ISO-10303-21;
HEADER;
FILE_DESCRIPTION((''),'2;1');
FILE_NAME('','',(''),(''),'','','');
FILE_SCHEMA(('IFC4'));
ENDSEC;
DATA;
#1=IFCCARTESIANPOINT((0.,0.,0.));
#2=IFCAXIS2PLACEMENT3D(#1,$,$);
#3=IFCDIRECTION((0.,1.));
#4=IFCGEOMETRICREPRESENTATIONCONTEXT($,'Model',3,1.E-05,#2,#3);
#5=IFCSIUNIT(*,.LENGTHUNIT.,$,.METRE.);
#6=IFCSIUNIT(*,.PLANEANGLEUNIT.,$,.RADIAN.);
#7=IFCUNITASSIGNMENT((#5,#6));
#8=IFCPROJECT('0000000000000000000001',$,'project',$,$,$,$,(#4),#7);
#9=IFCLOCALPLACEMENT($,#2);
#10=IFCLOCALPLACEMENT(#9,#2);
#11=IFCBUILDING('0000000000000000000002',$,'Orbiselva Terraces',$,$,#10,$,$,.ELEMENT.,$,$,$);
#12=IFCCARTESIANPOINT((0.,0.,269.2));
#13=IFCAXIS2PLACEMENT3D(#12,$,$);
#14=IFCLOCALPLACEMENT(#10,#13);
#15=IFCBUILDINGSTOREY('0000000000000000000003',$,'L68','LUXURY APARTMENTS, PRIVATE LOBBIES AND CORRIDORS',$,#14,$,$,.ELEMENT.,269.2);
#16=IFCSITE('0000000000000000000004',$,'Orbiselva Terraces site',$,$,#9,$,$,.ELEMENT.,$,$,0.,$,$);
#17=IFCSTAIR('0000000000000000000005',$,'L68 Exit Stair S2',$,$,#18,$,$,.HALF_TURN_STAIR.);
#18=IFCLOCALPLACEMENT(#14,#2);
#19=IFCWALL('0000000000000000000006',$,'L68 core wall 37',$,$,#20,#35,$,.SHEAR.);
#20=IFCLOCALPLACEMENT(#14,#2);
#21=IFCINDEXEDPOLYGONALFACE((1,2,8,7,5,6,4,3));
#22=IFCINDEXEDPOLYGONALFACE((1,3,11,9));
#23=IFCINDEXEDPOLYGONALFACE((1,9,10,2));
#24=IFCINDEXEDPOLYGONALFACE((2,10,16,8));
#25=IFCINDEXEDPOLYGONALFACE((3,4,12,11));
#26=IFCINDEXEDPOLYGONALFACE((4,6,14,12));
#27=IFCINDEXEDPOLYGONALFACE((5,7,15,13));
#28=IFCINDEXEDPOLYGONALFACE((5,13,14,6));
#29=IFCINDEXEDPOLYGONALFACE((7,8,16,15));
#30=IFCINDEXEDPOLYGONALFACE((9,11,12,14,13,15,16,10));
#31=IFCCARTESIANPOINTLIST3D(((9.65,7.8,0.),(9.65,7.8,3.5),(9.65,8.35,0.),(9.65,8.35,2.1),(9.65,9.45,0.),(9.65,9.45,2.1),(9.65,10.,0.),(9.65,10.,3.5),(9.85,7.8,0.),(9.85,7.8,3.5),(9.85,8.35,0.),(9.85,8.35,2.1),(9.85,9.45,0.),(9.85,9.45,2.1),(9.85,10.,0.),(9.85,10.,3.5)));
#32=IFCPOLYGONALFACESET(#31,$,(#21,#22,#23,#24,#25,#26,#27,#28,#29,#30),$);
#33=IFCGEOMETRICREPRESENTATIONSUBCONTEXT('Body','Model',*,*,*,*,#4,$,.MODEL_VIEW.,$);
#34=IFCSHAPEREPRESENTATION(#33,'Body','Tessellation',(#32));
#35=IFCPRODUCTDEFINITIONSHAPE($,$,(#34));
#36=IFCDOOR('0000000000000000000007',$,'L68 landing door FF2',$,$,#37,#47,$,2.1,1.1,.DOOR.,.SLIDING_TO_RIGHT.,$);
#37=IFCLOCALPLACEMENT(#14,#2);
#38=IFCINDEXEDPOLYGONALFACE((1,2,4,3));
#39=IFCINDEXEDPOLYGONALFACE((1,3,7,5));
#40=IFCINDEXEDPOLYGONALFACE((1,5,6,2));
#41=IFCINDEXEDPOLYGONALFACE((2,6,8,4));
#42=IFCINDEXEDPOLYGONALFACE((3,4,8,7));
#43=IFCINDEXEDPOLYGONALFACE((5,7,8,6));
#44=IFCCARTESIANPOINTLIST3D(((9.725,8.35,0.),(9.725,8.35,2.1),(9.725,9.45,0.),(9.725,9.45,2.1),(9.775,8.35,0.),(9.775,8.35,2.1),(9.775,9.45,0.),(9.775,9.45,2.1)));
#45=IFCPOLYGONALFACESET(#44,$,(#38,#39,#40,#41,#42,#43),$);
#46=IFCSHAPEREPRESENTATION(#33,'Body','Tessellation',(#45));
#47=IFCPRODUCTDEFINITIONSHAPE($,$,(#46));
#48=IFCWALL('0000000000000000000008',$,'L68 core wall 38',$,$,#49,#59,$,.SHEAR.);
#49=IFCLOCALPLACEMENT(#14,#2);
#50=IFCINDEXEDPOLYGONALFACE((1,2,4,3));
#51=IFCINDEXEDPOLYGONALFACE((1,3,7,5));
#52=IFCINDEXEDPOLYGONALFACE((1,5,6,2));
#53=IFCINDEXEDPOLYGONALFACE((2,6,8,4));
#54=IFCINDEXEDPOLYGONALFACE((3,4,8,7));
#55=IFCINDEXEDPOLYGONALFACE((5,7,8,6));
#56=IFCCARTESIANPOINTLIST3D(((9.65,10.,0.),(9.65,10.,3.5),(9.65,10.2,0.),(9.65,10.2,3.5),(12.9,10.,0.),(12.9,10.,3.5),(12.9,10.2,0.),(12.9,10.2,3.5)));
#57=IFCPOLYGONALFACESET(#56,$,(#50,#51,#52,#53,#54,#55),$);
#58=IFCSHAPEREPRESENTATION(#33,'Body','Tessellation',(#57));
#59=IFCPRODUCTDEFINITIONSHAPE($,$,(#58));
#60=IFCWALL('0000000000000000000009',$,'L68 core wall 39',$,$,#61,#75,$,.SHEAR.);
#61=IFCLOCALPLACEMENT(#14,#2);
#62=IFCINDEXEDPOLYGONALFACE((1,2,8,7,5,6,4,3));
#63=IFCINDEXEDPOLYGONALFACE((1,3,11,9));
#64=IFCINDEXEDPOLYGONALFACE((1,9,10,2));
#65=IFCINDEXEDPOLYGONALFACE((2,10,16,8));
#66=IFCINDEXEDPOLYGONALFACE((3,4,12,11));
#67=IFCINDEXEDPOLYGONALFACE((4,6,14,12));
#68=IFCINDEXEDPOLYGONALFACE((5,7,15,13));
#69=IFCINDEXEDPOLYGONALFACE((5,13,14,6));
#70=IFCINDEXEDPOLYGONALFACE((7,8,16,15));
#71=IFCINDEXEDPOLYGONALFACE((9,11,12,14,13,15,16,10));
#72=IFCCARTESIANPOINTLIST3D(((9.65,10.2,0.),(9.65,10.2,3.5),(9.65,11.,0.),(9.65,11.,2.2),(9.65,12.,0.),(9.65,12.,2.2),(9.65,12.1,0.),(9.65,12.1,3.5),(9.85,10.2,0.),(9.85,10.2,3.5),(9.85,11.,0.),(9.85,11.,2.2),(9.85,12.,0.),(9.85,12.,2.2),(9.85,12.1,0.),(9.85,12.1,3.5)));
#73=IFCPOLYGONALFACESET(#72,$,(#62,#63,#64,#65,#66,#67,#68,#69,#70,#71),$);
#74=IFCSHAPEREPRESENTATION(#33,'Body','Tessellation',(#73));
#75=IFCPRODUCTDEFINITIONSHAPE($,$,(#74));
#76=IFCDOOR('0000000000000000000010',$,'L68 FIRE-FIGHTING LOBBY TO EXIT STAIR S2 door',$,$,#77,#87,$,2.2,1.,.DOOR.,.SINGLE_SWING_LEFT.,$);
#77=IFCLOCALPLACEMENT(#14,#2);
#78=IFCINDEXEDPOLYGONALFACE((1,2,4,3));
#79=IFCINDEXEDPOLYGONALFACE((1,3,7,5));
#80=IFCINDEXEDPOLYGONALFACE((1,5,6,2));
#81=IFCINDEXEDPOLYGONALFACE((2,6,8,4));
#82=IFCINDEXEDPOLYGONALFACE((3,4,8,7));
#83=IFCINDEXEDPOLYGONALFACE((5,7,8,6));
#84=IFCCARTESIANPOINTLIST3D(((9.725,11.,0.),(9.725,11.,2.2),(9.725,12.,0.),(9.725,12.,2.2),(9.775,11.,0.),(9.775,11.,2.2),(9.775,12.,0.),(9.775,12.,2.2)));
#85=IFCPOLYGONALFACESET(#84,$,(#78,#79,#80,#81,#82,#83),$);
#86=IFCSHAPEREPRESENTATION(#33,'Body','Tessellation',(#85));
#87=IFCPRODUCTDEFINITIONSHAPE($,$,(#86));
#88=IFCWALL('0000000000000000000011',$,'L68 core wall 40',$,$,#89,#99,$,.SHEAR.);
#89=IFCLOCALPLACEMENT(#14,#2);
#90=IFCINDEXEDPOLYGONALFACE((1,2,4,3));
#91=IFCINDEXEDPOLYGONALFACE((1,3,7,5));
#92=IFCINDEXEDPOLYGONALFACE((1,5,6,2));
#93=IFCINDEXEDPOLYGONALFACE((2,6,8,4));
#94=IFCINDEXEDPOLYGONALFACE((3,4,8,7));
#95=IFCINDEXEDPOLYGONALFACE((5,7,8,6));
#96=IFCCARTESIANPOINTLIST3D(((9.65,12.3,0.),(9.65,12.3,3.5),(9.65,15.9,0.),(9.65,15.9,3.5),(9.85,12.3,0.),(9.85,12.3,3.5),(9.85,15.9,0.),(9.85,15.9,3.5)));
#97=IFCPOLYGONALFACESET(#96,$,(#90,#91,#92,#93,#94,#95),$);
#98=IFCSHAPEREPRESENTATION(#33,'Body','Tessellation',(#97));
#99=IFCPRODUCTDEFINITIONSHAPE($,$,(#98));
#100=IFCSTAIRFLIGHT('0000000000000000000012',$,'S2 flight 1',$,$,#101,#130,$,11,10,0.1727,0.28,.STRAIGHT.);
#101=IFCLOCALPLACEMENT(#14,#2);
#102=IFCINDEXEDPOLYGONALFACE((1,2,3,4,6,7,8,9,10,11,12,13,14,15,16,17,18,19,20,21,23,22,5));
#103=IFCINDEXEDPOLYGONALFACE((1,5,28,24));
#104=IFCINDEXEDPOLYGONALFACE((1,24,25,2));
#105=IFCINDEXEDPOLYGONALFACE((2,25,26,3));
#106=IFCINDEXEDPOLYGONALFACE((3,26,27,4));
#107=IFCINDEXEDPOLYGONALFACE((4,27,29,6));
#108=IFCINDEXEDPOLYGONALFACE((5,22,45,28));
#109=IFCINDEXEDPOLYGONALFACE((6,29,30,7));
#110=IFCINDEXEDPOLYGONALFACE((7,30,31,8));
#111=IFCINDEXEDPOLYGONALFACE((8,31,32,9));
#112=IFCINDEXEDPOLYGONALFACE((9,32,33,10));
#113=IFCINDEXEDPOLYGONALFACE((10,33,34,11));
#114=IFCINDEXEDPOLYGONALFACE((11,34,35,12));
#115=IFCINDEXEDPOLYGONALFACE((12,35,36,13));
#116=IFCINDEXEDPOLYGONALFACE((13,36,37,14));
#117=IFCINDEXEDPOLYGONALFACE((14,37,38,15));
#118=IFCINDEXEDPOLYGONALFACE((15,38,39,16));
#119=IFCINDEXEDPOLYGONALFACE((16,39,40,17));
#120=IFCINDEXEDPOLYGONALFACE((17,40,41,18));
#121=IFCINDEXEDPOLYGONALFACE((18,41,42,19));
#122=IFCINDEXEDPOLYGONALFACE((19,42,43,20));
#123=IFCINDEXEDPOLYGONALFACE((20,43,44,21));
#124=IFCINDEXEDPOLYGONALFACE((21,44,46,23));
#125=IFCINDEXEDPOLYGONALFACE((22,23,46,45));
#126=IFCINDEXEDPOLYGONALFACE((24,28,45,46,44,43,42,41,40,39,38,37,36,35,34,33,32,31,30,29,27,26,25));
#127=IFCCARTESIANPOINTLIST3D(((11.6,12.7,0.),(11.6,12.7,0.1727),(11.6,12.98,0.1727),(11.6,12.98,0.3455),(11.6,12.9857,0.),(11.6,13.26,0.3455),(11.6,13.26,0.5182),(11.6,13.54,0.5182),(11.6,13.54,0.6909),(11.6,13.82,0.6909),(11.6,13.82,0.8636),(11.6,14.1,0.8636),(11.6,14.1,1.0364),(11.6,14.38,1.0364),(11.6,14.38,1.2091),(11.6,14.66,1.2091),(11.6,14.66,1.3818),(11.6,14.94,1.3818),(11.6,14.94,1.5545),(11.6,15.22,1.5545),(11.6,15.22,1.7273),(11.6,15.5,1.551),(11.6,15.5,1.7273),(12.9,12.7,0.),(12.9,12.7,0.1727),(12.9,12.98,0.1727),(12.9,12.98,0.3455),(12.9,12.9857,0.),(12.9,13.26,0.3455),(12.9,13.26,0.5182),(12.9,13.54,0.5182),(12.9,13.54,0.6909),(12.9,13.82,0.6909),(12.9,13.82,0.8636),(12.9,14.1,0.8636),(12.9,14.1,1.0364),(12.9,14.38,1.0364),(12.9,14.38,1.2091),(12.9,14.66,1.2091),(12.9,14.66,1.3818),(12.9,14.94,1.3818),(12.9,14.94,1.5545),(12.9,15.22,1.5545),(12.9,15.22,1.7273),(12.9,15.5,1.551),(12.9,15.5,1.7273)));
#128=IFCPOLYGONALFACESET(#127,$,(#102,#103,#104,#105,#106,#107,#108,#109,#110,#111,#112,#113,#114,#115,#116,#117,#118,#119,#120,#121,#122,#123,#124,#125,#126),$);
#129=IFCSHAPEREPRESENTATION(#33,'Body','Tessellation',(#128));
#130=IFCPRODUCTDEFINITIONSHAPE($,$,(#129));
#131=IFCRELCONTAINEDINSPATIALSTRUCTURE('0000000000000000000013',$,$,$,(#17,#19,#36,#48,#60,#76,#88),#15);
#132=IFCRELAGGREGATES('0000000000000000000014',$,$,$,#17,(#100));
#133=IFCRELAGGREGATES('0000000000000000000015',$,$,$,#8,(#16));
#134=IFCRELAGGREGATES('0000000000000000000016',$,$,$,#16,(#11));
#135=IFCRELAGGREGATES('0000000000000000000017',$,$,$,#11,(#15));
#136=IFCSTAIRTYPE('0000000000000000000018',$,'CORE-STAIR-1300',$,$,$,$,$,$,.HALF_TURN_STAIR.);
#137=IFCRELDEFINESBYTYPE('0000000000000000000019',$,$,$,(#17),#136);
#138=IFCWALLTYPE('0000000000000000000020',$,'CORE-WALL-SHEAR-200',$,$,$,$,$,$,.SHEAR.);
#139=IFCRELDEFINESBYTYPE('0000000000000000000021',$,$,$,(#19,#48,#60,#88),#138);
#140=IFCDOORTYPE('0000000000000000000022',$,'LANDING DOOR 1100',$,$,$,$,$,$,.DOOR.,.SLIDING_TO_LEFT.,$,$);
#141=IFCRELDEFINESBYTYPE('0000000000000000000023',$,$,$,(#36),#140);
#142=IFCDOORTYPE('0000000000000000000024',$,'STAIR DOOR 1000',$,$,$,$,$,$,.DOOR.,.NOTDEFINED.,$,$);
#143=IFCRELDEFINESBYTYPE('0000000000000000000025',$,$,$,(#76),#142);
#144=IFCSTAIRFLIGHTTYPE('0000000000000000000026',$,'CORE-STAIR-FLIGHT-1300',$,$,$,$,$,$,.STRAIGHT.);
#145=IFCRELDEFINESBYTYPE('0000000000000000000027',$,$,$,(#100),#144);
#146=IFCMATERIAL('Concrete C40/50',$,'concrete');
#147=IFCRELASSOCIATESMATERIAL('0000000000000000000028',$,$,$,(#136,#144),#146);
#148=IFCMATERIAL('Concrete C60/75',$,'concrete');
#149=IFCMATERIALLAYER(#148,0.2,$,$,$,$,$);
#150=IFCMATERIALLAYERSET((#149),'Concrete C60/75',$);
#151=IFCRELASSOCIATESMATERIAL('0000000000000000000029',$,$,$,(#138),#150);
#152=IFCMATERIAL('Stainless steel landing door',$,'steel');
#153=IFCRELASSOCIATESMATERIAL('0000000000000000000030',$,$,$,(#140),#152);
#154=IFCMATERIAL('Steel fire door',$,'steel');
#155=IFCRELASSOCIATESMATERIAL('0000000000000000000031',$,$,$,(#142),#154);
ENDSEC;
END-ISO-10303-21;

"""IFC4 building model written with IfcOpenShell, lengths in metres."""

from ifc_helpers import new_model, si_unit, direction, frame, frame_2d, origin, place, context, subcontext, project, spatial, polyline, rectangle, outline, extrude, material, layer, layer_set, type_object, element, fill, aggregate, save


model = new_model("IFC4")

# Units and contexts
model_context = context("Model", 3, precision=1e-05, world=origin(), true_north=direction((0.0, 1.0)))
body_context = subcontext(model_context, "Body", "Model", "MODEL_VIEW")
ifc_project = project(units=[si_unit("LENGTHUNIT", "METRE"), si_unit("PLANEANGLEUNIT", "RADIAN")], contexts=[model_context])

# Site, building, storey
site_placement = place(None, origin())
site = spatial("IfcSite", under=ifc_project, at=site_placement, Name="Orbiselva Terraces site", CompositionType="ELEMENT", RefElevation=0.0)
building_placement = place(site_placement, origin())
building = spatial("IfcBuilding", under=site, at=building_placement, Name="Orbiselva Terraces", CompositionType="ELEMENT")
storey_placement = place(building_placement, frame((0.0, 0.0, 269.2)))
storey = spatial("IfcBuildingStorey", under=building, at=storey_placement, Name="L68", Description="LUXURY APARTMENTS, PRIVATE LOBBIES AND CORRIDORS", CompositionType="ELEMENT", Elevation=269.2)

# Stair
ifc_material_1 = material(Name="Concrete C40/50", Category="concrete")
stair_type_1 = type_object("IfcStairType", Name="CORE-STAIR-1300", PredefinedType="HALF_TURN_STAIR", material=ifc_material_1)
stair_1_placement = place(storey_placement, origin())
stair_1 = element("IfcStair", 1, at=stair_1_placement, inside=storey, type_object=stair_type_1, Name="L68 Exit Stair S2", PredefinedType="HALF_TURN_STAIR")

# Shared definitions
ifc_material_2 = material(Name="Steel fire door", Category="steel")

# Shared definitions
ifc_material_3 = material(Name="Concrete C60/75", Category="concrete")
ifc_layer_1 = layer(ifc_material_3, 0.2)
ifc_layer_set_1 = layer_set([ifc_layer_1], Name="Concrete C60/75")
wall_type_1 = type_object("IfcWallType", Name="CORE-WALL-SHEAR-200", PredefinedType="SHEAR", material=ifc_layer_set_1)

# Shared definitions
ifc_material_4 = material(Name="Stainless steel landing door", Category="steel")
door_type_1 = type_object("IfcDoorType", Name="LANDING DOOR 1100", OperationType="SLIDING_TO_LEFT", PredefinedType="DOOR", material=ifc_material_4)

# Wall, opening, door
wall_1_placement = place(storey_placement, frame((9.75, 7.8, 0.0), z_axis=(0.0, 0.0, 1.0), x_axis=(0.0, 1.0, 0.0)))
wall_1 = element("IfcWall", 2, at=wall_1_placement, inside=storey, type_object=wall_type_1, Name="L68 core wall 37", PredefinedType="SHEAR", context=body_context, shape_type="SweptSolid", body=[
    extrude(rectangle(XDim=2.2, YDim=0.2, at=frame_2d((1.1, 0.0))), origin(), (0.0, 0.0, 1.0), 3.5),
])
opening_1_placement = place(wall_1_placement, frame((0.55, 0.0, 0.0)))
opening_1 = element("IfcOpeningElement", 3, at=opening_1_placement, cuts=wall_1, PredefinedType="OPENING", context=body_context, shape_type="SweptSolid", body=[
    extrude(rectangle(XDim=1.1, YDim=2.1, at=frame_2d((0.55, 1.05))), frame((0.0, 0.11, 0.0), z_axis=(0.0, -1.0, 0.0), x_axis=(1.0, 0.0, 0.0)), (0.0, 0.0, 1.0), 0.22),
])
door_1_placement = place(opening_1_placement, origin())
door_1 = element("IfcDoor", 4, at=door_1_placement, inside=storey, type_object=door_type_1, Name="L68 landing door FF2", OperationType="SLIDING_TO_RIGHT", OverallHeight=2.1, OverallWidth=1.1, PredefinedType="DOOR", context=body_context, shape_type="SweptSolid", body=[
    extrude(rectangle(XDim=1.1, YDim=2.1, at=frame_2d((0.55, 1.05))), frame((0.0, 0.025, 0.0), z_axis=(0.0, -1.0, 0.0), x_axis=(1.0, 0.0, 0.0)), (0.0, 0.0, 1.0), 0.05),
])
fill(opening_1, door_1)

# Wall
wall_2_placement = place(storey_placement, frame((9.65, 10.1, 0.0), z_axis=(0.0, 0.0, 1.0), x_axis=(1.0, 0.0, 0.0)))
element("IfcWall", 5, at=wall_2_placement, inside=storey, type_object=wall_type_1, Name="L68 core wall 38", PredefinedType="SHEAR", context=body_context, shape_type="SweptSolid", body=[
    extrude(rectangle(XDim=3.25, YDim=0.2, at=frame_2d((1.625, 0.0))), origin(), (0.0, 0.0, 1.0), 3.5),
])

# Wall, opening, door
wall_3_placement = place(storey_placement, frame((9.75, 12.1, 0.0), z_axis=(0.0, 0.0, 1.0), x_axis=(0.0, -1.0, 0.0)))
wall_3 = element("IfcWall", 6, at=wall_3_placement, inside=storey, type_object=wall_type_1, Name="L68 core wall 39", PredefinedType="SHEAR", context=body_context, shape_type="SweptSolid", body=[
    extrude(rectangle(XDim=1.9, YDim=0.2, at=frame_2d((0.95, 0.0))), origin(), (0.0, 0.0, 1.0), 3.5),
])
opening_2_placement = place(wall_3_placement, frame((0.1, 0.0, 0.0)))
opening_2 = element("IfcOpeningElement", 7, at=opening_2_placement, cuts=wall_3, PredefinedType="OPENING", context=body_context, shape_type="SweptSolid", body=[
    extrude(rectangle(XDim=1.0, YDim=2.2, at=frame_2d((0.5, 1.1))), frame((0.0, 0.11, 0.0), z_axis=(0.0, -1.0, 0.0), x_axis=(1.0, 0.0, 0.0)), (0.0, 0.0, 1.0), 0.22),
])
door_type_2 = type_object("IfcDoorType", Name="STAIR DOOR 1000", OperationType="NOTDEFINED", PredefinedType="DOOR", material=ifc_material_2)
door_2_placement = place(opening_2_placement, origin())
door_2 = element("IfcDoor", 8, at=door_2_placement, inside=storey, type_object=door_type_2, Name="L68 FIRE-FIGHTING LOBBY TO EXIT STAIR S2 door", OperationType="SINGLE_SWING_LEFT", OverallHeight=2.2, OverallWidth=1.0, PredefinedType="DOOR", context=body_context, shape_type="SweptSolid", body=[
    extrude(rectangle(XDim=1.0, YDim=2.2, at=frame_2d((0.5, 1.1))), frame((0.0, 0.025, 0.0), z_axis=(0.0, -1.0, 0.0), x_axis=(1.0, 0.0, 0.0)), (0.0, 0.0, 1.0), 0.05),
])
fill(opening_2, door_2)

# Wall
wall_4_placement = place(storey_placement, frame((9.75, 12.3, 0.0), z_axis=(0.0, 0.0, 1.0), x_axis=(0.0, 1.0, 0.0)))
element("IfcWall", 9, at=wall_4_placement, inside=storey, type_object=wall_type_1, Name="L68 core wall 40", PredefinedType="SHEAR", context=body_context, shape_type="SweptSolid", body=[
    extrude(rectangle(XDim=3.6, YDim=0.2, at=frame_2d((1.8, 0.0))), origin(), (0.0, 0.0, 1.0), 3.5),
])

# Stair flight
stair_flight_type = type_object("IfcStairFlightType", Name="CORE-STAIR-FLIGHT-1300", PredefinedType="STRAIGHT", material=ifc_material_1)
stair_flight_placement = place(storey_placement, frame((12.25, 12.7, 0.0), z_axis=(0.0, 0.0, 1.0), x_axis=(0.0, 1.0, 0.0)))
stair_flight = element("IfcStairFlight", 10, at=stair_flight_placement, type_object=stair_flight_type, Name="S2 flight 1", NumberOfRisers=11, NumberOfTreads=10, PredefinedType="STRAIGHT", RiserHeight=0.1727, TreadLength=0.28, context=body_context, shape_type="SweptSolid", body=[
    extrude(outline(polyline([(0.0, 0.0), (0.0, 0.1727), (0.28, 0.1727), (0.28, 0.3455), (0.56, 0.3455), (0.56, 0.5182), (0.84, 0.5182), (0.84, 0.6909), (1.12, 0.6909), (1.12, 0.8636), (1.4, 0.8636), (1.4, 1.0364), (1.68, 1.0364), (1.68, 1.2091), (1.96, 1.2091), (1.96, 1.3818), (2.24, 1.3818), (2.24, 1.5545), (2.52, 1.5545), (2.52, 1.7273), (2.8, 1.7273), (2.8, 1.9), (2.8, 1.551), (0.2857, 0.0), (0.0, 0.0)])), frame((0.0, 0.65, 0.0), z_axis=(0.0, -1.0, 0.0), x_axis=(1.0, 0.0, 0.0)), (0.0, 0.0, 1.0), 1.3),
])
aggregate(stair_1, [stair_flight])

save(model, "model.ifc")
